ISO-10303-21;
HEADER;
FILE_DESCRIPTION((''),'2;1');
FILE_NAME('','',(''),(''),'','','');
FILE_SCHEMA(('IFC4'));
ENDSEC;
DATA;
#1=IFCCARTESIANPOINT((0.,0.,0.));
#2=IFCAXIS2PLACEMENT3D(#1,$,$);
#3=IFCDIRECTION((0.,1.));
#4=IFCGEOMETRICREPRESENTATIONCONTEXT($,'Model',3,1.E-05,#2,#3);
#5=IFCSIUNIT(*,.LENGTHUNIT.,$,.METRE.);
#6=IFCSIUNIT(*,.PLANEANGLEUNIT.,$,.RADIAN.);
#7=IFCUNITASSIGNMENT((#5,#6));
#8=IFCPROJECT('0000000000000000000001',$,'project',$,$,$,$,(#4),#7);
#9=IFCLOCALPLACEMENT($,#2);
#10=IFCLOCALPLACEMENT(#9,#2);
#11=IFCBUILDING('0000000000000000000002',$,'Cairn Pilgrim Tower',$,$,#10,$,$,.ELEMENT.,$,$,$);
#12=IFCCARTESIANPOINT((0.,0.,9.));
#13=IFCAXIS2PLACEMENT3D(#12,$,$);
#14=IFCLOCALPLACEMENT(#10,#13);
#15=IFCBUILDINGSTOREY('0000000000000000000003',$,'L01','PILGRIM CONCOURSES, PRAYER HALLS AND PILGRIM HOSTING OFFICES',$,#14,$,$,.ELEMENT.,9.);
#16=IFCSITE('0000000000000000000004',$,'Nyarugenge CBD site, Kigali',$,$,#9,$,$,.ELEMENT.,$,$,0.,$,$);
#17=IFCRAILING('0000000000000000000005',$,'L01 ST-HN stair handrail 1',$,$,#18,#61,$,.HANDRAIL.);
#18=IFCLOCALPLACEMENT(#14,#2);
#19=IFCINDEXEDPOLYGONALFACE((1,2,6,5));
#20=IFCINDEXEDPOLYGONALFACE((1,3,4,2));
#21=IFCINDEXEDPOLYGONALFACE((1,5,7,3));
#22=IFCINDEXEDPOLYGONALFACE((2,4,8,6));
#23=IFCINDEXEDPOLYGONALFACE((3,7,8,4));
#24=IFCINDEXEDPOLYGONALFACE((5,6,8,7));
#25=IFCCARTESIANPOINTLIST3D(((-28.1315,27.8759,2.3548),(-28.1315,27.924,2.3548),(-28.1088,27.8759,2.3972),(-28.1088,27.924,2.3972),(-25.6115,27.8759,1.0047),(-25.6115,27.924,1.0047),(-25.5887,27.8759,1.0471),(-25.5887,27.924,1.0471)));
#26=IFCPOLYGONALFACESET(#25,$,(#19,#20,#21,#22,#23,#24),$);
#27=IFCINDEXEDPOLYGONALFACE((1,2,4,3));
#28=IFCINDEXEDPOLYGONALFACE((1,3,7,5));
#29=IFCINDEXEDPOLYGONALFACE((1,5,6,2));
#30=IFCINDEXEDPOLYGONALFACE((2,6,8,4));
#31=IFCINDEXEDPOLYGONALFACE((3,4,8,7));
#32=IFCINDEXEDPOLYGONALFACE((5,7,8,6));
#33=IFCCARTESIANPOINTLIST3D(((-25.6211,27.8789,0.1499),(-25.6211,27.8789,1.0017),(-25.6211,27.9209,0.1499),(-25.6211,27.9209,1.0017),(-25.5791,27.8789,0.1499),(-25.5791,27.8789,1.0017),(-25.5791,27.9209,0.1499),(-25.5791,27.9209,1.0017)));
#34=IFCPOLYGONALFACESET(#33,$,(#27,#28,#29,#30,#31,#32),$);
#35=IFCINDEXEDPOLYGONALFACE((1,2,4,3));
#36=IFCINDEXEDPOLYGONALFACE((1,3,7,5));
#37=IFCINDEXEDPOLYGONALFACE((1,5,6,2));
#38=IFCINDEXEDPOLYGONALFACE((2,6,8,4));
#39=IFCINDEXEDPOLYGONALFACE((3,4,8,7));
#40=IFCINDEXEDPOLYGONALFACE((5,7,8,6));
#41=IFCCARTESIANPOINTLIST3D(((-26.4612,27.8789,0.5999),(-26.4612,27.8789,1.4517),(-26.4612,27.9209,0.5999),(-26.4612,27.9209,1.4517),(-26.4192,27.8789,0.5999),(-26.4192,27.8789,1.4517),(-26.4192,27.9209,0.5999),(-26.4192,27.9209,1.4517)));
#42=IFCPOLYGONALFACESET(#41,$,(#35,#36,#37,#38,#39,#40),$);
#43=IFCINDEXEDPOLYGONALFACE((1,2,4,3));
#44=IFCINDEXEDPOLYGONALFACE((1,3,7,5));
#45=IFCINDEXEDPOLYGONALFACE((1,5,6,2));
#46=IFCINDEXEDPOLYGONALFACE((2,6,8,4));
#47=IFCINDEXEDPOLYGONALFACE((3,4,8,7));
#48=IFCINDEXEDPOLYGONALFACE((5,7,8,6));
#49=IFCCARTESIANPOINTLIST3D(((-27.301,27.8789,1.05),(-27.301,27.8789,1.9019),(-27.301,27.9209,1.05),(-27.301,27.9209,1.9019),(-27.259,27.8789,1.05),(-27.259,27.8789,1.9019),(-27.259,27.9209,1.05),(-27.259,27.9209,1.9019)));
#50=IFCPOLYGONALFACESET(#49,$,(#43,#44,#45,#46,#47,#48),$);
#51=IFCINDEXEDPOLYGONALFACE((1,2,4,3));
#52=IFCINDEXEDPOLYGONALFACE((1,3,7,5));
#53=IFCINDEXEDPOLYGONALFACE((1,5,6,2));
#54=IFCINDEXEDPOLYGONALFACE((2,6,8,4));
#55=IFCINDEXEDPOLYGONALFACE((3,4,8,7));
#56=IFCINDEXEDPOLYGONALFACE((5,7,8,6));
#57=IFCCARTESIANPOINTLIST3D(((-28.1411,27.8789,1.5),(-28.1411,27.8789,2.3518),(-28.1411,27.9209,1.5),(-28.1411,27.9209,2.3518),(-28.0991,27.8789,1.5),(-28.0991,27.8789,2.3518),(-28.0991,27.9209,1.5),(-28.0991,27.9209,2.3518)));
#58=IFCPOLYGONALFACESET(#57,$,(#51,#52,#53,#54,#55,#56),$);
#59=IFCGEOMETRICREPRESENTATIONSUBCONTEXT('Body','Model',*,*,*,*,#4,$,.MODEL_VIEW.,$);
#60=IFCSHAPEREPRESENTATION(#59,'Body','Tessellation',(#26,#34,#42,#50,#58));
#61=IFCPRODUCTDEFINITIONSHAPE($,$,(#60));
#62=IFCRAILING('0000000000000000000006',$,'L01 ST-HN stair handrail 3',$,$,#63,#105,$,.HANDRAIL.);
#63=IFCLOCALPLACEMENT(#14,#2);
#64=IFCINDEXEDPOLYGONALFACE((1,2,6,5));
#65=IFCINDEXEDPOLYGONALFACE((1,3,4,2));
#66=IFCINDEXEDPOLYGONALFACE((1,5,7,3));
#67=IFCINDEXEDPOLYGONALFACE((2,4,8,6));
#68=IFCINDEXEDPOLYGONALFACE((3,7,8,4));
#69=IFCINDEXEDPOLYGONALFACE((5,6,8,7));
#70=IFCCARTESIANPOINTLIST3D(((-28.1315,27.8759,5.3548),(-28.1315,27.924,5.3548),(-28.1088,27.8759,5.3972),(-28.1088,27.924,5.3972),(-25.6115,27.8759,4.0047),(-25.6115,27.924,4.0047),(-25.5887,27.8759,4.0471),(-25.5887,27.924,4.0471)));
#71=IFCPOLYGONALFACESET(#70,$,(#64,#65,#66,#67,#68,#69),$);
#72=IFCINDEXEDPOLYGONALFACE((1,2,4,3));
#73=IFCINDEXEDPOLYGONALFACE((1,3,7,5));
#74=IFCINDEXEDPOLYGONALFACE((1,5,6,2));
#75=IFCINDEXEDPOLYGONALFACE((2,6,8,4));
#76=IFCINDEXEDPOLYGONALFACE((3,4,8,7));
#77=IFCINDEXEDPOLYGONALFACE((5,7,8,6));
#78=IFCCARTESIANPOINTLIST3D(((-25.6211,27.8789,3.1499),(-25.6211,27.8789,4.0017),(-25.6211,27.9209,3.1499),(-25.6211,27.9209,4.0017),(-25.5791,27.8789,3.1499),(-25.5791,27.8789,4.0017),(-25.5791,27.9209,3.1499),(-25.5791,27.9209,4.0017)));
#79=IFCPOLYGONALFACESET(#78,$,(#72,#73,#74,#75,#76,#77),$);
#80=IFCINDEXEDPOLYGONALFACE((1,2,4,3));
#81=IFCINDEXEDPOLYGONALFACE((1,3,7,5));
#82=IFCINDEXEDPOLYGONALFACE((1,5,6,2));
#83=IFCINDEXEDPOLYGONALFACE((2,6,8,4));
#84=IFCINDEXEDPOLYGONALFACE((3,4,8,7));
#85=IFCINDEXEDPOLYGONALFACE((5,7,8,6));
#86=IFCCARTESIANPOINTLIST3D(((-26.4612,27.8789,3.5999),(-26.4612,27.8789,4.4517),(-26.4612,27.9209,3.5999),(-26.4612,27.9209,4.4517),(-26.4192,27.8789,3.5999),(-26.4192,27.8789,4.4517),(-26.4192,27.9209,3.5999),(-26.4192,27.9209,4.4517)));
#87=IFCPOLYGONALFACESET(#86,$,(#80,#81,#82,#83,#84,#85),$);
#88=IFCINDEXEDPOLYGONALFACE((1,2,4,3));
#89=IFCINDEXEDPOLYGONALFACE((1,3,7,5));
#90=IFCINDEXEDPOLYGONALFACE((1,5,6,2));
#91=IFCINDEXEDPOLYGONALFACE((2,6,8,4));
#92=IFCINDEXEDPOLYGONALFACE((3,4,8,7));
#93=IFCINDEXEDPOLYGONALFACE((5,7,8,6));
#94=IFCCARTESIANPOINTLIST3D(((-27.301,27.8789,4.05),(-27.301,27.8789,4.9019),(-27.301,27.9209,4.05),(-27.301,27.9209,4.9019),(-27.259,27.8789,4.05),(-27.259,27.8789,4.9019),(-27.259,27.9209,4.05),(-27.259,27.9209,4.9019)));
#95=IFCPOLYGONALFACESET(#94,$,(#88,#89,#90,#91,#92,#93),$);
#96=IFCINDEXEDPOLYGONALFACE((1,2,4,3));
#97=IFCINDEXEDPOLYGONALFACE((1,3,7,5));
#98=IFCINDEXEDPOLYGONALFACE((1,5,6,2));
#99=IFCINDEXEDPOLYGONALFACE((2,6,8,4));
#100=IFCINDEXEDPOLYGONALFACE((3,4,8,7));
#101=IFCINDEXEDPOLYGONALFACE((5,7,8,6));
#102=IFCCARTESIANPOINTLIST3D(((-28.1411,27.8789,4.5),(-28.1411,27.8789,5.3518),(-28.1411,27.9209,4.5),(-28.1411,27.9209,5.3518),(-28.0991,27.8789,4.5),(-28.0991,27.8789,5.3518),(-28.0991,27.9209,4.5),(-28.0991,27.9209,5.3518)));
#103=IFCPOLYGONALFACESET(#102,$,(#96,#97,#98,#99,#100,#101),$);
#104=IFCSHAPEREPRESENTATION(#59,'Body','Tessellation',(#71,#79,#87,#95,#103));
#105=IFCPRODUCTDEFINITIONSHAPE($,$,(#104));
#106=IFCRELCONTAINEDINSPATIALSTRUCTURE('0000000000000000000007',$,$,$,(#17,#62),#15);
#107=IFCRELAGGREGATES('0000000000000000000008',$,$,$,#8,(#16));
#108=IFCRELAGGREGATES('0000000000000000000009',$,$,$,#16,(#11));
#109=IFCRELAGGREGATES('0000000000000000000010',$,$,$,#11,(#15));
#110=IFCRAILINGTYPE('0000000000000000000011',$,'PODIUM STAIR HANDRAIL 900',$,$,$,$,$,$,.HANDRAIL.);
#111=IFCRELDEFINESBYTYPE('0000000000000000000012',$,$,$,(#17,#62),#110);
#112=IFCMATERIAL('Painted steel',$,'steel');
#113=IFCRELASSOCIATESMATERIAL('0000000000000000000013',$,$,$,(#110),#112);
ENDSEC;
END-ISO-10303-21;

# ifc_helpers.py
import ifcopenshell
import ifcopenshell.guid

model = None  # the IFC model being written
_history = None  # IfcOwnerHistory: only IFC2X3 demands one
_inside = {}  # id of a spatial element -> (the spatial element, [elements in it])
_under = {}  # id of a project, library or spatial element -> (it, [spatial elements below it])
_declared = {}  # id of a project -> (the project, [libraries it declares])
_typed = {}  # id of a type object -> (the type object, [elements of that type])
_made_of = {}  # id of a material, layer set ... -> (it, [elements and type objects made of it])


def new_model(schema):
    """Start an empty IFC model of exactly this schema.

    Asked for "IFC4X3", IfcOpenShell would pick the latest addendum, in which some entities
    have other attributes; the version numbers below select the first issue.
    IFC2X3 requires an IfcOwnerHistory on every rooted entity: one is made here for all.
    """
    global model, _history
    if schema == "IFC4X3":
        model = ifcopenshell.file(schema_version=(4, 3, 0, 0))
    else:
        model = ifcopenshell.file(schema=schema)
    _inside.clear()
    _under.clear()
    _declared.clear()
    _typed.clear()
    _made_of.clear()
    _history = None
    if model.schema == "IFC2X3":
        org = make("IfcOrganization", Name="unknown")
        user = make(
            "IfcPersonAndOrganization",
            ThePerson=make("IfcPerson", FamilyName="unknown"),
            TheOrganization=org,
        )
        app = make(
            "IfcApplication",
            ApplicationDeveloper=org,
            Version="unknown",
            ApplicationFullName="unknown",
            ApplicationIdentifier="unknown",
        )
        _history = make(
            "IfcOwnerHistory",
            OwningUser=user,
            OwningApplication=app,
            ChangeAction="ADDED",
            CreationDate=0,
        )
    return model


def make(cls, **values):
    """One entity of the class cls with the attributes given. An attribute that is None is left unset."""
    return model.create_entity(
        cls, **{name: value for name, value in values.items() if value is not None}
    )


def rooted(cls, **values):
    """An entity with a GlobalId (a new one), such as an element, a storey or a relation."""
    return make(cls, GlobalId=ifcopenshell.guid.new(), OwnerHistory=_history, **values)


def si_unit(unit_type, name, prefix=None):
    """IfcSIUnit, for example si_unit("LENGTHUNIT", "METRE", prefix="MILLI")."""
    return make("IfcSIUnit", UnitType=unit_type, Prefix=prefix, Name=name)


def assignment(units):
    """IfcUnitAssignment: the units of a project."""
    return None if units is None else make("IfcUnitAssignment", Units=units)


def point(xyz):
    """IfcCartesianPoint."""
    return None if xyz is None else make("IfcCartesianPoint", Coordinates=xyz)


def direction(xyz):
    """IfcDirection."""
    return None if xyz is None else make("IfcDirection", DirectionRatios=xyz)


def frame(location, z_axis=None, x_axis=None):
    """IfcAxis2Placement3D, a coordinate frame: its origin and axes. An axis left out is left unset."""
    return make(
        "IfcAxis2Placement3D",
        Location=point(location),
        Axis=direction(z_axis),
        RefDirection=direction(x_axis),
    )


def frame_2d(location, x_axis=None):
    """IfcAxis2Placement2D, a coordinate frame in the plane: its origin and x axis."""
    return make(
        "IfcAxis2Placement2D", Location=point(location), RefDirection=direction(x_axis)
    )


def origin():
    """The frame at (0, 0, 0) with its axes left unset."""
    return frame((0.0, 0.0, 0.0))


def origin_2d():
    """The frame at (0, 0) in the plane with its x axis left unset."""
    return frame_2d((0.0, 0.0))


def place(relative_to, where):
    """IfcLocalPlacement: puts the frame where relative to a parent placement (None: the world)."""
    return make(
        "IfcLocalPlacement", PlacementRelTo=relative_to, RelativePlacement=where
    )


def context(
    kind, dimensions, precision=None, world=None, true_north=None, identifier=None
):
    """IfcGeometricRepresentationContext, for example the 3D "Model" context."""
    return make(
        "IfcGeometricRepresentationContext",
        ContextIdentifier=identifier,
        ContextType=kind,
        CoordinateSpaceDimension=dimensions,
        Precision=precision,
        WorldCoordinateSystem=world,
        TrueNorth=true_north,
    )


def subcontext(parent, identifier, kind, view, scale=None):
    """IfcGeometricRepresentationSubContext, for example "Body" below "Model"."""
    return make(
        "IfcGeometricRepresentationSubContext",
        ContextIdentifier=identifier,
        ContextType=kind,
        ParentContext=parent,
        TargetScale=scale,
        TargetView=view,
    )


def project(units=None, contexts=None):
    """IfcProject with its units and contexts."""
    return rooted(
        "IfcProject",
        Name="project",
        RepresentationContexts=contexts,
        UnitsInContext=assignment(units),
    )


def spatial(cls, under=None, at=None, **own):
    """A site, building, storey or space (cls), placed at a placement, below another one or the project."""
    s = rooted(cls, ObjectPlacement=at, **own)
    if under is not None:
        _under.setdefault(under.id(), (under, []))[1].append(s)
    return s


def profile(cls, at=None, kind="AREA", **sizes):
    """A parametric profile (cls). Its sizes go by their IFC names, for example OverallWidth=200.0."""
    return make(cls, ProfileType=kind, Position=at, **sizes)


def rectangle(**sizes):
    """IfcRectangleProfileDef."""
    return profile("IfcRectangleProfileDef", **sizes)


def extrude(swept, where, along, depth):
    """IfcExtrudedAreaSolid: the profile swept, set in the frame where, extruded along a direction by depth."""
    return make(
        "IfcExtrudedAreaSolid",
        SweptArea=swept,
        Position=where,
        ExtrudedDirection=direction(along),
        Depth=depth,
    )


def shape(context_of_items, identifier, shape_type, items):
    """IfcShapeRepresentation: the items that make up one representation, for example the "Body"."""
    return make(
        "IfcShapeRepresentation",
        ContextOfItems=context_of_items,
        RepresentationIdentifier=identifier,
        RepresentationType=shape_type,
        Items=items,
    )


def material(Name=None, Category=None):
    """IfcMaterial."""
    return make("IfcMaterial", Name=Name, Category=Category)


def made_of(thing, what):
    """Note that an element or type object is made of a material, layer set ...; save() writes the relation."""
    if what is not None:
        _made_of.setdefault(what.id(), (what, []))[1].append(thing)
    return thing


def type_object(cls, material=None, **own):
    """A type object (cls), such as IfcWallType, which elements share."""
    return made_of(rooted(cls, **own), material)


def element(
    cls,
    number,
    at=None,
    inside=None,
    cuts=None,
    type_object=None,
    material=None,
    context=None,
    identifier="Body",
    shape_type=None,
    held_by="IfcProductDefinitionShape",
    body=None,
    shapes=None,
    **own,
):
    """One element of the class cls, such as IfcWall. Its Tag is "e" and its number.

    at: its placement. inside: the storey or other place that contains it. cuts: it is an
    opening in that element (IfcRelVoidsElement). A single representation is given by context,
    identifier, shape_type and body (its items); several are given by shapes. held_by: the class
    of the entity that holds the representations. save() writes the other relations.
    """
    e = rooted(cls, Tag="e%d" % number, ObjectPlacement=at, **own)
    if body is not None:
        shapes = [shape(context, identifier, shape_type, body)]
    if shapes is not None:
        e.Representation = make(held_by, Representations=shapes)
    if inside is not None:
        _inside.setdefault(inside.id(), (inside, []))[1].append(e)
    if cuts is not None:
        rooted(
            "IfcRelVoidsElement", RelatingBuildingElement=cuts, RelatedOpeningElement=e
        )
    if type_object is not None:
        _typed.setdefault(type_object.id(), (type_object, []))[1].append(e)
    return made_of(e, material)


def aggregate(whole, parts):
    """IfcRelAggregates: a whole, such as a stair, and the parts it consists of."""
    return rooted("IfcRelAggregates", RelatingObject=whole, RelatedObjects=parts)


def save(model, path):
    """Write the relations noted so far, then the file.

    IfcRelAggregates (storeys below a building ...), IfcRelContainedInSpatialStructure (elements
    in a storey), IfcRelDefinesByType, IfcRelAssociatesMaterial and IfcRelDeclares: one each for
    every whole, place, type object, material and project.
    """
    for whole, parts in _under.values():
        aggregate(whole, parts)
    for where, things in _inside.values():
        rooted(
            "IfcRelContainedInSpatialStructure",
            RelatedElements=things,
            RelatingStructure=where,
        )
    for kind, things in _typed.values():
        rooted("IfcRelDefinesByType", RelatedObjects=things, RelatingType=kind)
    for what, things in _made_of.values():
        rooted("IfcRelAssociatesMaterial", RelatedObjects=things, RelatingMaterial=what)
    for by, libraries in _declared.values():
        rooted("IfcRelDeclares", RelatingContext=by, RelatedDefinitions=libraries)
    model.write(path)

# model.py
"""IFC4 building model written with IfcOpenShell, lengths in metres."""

from ifc_helpers import new_model, si_unit, direction, frame, origin, origin_2d, place, context, subcontext, project, spatial, rectangle, extrude, material, type_object, element, save


model = new_model("IFC4")

# Units and contexts
model_context = context("Model", 3, precision=1e-05, world=origin(), true_north=direction((0.0, 1.0)))
body_context = subcontext(model_context, "Body", "Model", "MODEL_VIEW")
ifc_project = project(units=[si_unit("LENGTHUNIT", "METRE"), si_unit("PLANEANGLEUNIT", "RADIAN")], contexts=[model_context])

# Site, building, storey
site_placement = place(None, origin())
site = spatial("IfcSite", under=ifc_project, at=site_placement, Name="Nyarugenge CBD site, Kigali", CompositionType="ELEMENT", RefElevation=0.0)
building_placement = place(site_placement, origin())
building = spatial("IfcBuilding", under=site, at=building_placement, Name="Cairn Pilgrim Tower", CompositionType="ELEMENT")
storey_placement = place(building_placement, frame((0.0, 0.0, 9.0)))
storey = spatial("IfcBuildingStorey", under=building, at=storey_placement, Name="L01", Description="PILGRIM CONCOURSES, PRAYER HALLS AND PILGRIM HOSTING OFFICES", CompositionType="ELEMENT", Elevation=9.0)

# Railings
ifc_material_1 = material(Name="Painted steel", Category="steel")
railing_type_1 = type_object("IfcRailingType", Name="PODIUM STAIR HANDRAIL 900", PredefinedType="HANDRAIL", material=ifc_material_1)
for number, where, name in (
    (1, (-25.6001, 27.8999, 0.1499), "L01 ST-HN stair handrail 1"),
    (2, (-25.6001, 27.8999, 3.1499), "L01 ST-HN stair handrail 3"),
):
    element("IfcRailing", number, at=place(storey_placement, frame(where)), inside=storey, type_object=railing_type_1, Name=name, PredefinedType="HANDRAIL", context=body_context, shape_type="SweptSolid", body=[
        extrude(rectangle(XDim=0.0481, YDim=0.0481, at=origin_2d()), frame((0.0, 0.0, 0.876), z_axis=(-0.881467, 0.0, 0.472245), x_axis=(0.0, -1.0, 0.0)), (0.0, 0.0, 1.0), 2.8589),
        extrude(rectangle(XDim=0.042, YDim=0.042, at=origin_2d()), origin(), (0.0, 0.0, 1.0), 0.8518),
        extrude(rectangle(XDim=0.042, YDim=0.042, at=origin_2d()), frame((-0.8401, 0.0, 0.45)), (0.0, 0.0, 1.0), 0.8518),
        extrude(rectangle(XDim=0.042, YDim=0.042, at=origin_2d()), frame((-1.6799, 0.0, 0.9001)), (0.0, 0.0, 1.0), 0.8518),
        extrude(rectangle(XDim=0.042, YDim=0.042, at=origin_2d()), frame((-2.52, 0.0, 1.3501)), (0.0, 0.0, 1.0), 0.8518),
    ])

save(model, "model.ifc")
